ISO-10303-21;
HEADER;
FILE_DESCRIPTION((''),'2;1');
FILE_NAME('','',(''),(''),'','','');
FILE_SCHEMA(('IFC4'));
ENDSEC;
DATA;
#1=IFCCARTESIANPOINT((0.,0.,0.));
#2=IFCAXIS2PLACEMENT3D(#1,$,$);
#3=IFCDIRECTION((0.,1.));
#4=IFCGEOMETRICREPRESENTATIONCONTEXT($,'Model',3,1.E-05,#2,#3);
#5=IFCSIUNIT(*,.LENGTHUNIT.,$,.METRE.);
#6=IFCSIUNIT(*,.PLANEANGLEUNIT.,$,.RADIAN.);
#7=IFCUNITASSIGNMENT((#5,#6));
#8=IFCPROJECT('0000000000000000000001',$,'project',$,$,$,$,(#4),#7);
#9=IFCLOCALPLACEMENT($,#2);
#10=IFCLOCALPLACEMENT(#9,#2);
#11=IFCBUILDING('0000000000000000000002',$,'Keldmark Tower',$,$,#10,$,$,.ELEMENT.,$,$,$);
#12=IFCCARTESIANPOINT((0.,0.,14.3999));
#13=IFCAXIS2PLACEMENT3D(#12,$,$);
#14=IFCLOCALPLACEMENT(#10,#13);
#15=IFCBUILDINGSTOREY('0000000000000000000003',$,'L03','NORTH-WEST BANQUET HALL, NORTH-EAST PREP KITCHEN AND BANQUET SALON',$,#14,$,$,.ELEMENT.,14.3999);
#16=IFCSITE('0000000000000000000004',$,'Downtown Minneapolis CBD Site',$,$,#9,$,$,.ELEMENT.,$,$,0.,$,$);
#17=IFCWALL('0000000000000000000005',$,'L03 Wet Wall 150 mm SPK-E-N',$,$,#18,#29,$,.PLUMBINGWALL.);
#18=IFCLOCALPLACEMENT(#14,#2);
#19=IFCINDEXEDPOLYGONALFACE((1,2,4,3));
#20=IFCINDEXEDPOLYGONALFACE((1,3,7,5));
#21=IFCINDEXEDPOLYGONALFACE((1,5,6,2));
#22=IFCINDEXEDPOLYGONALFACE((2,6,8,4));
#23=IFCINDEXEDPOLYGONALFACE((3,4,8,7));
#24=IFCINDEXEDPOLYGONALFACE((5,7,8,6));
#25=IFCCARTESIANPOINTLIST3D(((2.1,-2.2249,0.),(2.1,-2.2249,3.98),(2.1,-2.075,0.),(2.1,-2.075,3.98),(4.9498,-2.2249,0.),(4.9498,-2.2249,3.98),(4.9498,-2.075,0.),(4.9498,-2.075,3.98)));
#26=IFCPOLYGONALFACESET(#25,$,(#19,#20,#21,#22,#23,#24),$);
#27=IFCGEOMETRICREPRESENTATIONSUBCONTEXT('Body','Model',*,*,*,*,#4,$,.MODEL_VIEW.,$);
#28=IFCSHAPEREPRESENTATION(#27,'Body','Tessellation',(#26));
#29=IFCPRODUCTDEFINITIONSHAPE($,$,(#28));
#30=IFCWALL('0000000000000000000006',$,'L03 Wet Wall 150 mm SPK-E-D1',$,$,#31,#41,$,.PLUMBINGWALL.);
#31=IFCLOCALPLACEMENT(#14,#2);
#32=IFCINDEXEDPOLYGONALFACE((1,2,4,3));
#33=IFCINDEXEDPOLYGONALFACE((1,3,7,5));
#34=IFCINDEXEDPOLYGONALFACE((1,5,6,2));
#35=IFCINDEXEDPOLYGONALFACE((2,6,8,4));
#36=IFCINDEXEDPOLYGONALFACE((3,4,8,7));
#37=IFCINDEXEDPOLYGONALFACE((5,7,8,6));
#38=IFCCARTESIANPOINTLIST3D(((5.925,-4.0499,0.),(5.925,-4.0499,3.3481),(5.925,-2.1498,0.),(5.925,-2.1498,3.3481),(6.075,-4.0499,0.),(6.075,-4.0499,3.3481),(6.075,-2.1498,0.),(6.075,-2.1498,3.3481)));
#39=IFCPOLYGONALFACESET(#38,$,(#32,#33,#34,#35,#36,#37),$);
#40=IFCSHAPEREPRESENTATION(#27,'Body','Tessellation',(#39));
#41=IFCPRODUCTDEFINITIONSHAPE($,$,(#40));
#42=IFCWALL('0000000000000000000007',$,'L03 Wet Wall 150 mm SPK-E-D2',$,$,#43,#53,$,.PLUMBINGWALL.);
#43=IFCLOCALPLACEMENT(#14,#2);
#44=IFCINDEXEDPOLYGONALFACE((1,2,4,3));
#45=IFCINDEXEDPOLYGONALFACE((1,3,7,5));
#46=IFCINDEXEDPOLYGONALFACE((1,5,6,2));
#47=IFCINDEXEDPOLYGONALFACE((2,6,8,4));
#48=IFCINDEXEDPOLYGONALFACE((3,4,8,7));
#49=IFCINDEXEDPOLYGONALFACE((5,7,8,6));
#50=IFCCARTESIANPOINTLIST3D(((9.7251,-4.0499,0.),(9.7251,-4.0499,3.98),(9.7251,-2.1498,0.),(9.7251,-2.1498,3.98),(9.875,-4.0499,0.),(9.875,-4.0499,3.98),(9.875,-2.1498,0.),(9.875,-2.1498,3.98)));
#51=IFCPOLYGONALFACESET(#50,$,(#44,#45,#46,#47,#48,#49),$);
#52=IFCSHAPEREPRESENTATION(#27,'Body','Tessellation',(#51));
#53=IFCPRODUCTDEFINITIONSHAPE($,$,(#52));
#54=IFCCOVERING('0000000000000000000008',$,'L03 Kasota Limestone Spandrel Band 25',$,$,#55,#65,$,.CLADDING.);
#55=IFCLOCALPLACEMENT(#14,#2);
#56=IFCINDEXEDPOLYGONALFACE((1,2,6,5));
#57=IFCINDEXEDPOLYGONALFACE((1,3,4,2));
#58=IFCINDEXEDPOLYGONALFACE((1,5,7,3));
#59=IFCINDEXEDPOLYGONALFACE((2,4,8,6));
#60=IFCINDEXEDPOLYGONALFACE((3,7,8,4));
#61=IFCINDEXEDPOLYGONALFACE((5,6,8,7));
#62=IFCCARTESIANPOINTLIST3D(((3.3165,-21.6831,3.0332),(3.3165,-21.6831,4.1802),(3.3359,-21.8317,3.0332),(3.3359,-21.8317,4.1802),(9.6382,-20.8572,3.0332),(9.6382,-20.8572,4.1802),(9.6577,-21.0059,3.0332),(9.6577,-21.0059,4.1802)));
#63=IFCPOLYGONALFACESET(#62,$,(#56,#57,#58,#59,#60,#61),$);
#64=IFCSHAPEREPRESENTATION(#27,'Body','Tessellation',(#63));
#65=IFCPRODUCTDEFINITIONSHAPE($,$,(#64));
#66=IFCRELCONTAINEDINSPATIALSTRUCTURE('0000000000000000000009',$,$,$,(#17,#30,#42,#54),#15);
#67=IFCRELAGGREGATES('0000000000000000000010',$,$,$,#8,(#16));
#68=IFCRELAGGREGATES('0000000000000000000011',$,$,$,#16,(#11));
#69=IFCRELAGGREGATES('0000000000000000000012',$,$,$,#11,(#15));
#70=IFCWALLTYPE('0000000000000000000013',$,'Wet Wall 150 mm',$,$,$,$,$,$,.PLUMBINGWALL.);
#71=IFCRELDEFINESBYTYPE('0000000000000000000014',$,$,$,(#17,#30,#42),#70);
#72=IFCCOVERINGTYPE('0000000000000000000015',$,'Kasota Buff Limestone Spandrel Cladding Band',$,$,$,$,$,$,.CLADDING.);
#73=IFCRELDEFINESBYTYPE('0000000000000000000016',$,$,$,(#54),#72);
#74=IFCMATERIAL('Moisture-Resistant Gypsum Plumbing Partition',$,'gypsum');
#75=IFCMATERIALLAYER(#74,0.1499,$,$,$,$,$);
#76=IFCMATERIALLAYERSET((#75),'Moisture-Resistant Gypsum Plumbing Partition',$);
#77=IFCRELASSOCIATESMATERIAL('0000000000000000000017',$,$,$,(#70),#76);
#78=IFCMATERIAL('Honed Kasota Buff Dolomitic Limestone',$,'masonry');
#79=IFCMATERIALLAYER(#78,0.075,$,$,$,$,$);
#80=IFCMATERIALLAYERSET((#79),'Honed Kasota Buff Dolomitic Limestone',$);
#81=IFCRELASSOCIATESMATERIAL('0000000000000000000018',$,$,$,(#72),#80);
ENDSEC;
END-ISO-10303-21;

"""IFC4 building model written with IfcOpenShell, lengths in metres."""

from ifc_helpers import new_model, si_unit, direction, frame, frame_2d, origin, origin_2d, place, context, subcontext, project, spatial, rectangle, extrude, material, layer, layer_set, type_object, element, save


model = new_model("IFC4")

# Units and contexts
model_context = context("Model", 3, precision=1e-05, world=origin(), true_north=direction((0.0, 1.0)))
body_context = subcontext(model_context, "Body", "Model", "MODEL_VIEW")
ifc_project = project(units=[si_unit("LENGTHUNIT", "METRE"), si_unit("PLANEANGLEUNIT", "RADIAN")], contexts=[model_context])

# Site, building, storey
site_placement = place(None, origin())
site = spatial("IfcSite", under=ifc_project, at=site_placement, Name="Downtown Minneapolis CBD Site", CompositionType="ELEMENT", RefElevation=0.0)
building_placement = place(site_placement, origin())
building = spatial("IfcBuilding", under=site, at=building_placement, Name="Keldmark Tower", CompositionType="ELEMENT")
storey_placement = place(building_placement, frame((0.0, 0.0, 14.3999)))
storey = spatial("IfcBuildingStorey", under=building, at=storey_placement, Name="L03", Description="NORTH-WEST BANQUET HALL, NORTH-EAST PREP KITCHEN AND BANQUET SALON", CompositionType="ELEMENT", Elevation=14.3999)

# Walls
ifc_material_1 = material(Name="Moisture-Resistant Gypsum Plumbing Partition", Category="gypsum")
ifc_layer_1 = layer(ifc_material_1, 0.1499)
ifc_layer_set_1 = layer_set([ifc_layer_1], Name="Moisture-Resistant Gypsum Plumbing Partition")
wall_type_1 = type_object("IfcWallType", Name="Wet Wall 150 mm", PredefinedType="PLUMBINGWALL", material=ifc_layer_set_1)
wall_1_placement = place(storey_placement, frame((2.1001, -2.1499, 0.0), z_axis=(0.0, 0.0, 1.0), x_axis=(1.0, 0.0, 0.0)))
element("IfcWall", 1, at=wall_1_placement, inside=storey, type_object=wall_type_1, Name="L03 Wet Wall 150 mm SPK-E-N", PredefinedType="PLUMBINGWALL", context=body_context, shape_type="SweptSolid", body=[
    extrude(rectangle(XDim=2.8499, YDim=0.1499, at=frame_2d((1.4248, 0.0))), origin(), (0.0, 0.0, 1.0), 3.98),
])
wall_2_placement = place(storey_placement, frame((6.0, -4.05, 0.0), z_axis=(0.0, 0.0, 1.0), x_axis=(0.0, 1.0, 0.0)))
element("IfcWall", 2, at=wall_2_placement, inside=storey, type_object=wall_type_1, Name="L03 Wet Wall 150 mm SPK-E-D1", PredefinedType="PLUMBINGWALL", context=body_context, shape_type="SweptSolid", body=[
    extrude(rectangle(XDim=1.9001, YDim=0.1499, at=frame_2d((0.9502, 0.0))), origin(), (0.0, 0.0, 1.0), 3.3481),
])
wall_3_placement = place(storey_placement, frame((9.8, -4.05, 0.0), z_axis=(0.0, 0.0, 1.0), x_axis=(0.0, 1.0, 0.0)))
element("IfcWall", 3, at=wall_3_placement, inside=storey, type_object=wall_type_1, Name="L03 Wet Wall 150 mm SPK-E-D2", PredefinedType="PLUMBINGWALL", context=body_context, shape_type="SweptSolid", body=[
    extrude(rectangle(XDim=1.9001, YDim=0.1499, at=frame_2d((0.9502, 0.0))), origin(), (0.0, 0.0, 1.0), 3.98),
])

# Covering
ifc_material_2 = material(Name="Honed Kasota Buff Dolomitic Limestone", Category="masonry")
ifc_layer_2 = layer(ifc_material_2, 0.075)
ifc_layer_set_2 = layer_set([ifc_layer_2], Name="Honed Kasota Buff Dolomitic Limestone")
covering_type = type_object("IfcCoveringType", Name="Kasota Buff Limestone Spandrel Cladding Band", PredefinedType="CLADDING", material=ifc_layer_set_2)
covering_placement = place(storey_placement, frame((6.4871, -21.3445, 3.0332), z_axis=(0.0, 0.0, 1.0), x_axis=(0.991574, 0.12954, 0.0)))
element("IfcCovering", 4, at=covering_placement, inside=storey, type_object=covering_type, Name="L03 Kasota Limestone Spandrel Band 25", PredefinedType="CLADDING", context=body_context, shape_type="SweptSolid", body=[
    extrude(rectangle(XDim=6.3755, YDim=0.1499, at=origin_2d()), origin(), (0.0, 0.0, 1.0), 1.147),
])

save(model, "model.ifc")
